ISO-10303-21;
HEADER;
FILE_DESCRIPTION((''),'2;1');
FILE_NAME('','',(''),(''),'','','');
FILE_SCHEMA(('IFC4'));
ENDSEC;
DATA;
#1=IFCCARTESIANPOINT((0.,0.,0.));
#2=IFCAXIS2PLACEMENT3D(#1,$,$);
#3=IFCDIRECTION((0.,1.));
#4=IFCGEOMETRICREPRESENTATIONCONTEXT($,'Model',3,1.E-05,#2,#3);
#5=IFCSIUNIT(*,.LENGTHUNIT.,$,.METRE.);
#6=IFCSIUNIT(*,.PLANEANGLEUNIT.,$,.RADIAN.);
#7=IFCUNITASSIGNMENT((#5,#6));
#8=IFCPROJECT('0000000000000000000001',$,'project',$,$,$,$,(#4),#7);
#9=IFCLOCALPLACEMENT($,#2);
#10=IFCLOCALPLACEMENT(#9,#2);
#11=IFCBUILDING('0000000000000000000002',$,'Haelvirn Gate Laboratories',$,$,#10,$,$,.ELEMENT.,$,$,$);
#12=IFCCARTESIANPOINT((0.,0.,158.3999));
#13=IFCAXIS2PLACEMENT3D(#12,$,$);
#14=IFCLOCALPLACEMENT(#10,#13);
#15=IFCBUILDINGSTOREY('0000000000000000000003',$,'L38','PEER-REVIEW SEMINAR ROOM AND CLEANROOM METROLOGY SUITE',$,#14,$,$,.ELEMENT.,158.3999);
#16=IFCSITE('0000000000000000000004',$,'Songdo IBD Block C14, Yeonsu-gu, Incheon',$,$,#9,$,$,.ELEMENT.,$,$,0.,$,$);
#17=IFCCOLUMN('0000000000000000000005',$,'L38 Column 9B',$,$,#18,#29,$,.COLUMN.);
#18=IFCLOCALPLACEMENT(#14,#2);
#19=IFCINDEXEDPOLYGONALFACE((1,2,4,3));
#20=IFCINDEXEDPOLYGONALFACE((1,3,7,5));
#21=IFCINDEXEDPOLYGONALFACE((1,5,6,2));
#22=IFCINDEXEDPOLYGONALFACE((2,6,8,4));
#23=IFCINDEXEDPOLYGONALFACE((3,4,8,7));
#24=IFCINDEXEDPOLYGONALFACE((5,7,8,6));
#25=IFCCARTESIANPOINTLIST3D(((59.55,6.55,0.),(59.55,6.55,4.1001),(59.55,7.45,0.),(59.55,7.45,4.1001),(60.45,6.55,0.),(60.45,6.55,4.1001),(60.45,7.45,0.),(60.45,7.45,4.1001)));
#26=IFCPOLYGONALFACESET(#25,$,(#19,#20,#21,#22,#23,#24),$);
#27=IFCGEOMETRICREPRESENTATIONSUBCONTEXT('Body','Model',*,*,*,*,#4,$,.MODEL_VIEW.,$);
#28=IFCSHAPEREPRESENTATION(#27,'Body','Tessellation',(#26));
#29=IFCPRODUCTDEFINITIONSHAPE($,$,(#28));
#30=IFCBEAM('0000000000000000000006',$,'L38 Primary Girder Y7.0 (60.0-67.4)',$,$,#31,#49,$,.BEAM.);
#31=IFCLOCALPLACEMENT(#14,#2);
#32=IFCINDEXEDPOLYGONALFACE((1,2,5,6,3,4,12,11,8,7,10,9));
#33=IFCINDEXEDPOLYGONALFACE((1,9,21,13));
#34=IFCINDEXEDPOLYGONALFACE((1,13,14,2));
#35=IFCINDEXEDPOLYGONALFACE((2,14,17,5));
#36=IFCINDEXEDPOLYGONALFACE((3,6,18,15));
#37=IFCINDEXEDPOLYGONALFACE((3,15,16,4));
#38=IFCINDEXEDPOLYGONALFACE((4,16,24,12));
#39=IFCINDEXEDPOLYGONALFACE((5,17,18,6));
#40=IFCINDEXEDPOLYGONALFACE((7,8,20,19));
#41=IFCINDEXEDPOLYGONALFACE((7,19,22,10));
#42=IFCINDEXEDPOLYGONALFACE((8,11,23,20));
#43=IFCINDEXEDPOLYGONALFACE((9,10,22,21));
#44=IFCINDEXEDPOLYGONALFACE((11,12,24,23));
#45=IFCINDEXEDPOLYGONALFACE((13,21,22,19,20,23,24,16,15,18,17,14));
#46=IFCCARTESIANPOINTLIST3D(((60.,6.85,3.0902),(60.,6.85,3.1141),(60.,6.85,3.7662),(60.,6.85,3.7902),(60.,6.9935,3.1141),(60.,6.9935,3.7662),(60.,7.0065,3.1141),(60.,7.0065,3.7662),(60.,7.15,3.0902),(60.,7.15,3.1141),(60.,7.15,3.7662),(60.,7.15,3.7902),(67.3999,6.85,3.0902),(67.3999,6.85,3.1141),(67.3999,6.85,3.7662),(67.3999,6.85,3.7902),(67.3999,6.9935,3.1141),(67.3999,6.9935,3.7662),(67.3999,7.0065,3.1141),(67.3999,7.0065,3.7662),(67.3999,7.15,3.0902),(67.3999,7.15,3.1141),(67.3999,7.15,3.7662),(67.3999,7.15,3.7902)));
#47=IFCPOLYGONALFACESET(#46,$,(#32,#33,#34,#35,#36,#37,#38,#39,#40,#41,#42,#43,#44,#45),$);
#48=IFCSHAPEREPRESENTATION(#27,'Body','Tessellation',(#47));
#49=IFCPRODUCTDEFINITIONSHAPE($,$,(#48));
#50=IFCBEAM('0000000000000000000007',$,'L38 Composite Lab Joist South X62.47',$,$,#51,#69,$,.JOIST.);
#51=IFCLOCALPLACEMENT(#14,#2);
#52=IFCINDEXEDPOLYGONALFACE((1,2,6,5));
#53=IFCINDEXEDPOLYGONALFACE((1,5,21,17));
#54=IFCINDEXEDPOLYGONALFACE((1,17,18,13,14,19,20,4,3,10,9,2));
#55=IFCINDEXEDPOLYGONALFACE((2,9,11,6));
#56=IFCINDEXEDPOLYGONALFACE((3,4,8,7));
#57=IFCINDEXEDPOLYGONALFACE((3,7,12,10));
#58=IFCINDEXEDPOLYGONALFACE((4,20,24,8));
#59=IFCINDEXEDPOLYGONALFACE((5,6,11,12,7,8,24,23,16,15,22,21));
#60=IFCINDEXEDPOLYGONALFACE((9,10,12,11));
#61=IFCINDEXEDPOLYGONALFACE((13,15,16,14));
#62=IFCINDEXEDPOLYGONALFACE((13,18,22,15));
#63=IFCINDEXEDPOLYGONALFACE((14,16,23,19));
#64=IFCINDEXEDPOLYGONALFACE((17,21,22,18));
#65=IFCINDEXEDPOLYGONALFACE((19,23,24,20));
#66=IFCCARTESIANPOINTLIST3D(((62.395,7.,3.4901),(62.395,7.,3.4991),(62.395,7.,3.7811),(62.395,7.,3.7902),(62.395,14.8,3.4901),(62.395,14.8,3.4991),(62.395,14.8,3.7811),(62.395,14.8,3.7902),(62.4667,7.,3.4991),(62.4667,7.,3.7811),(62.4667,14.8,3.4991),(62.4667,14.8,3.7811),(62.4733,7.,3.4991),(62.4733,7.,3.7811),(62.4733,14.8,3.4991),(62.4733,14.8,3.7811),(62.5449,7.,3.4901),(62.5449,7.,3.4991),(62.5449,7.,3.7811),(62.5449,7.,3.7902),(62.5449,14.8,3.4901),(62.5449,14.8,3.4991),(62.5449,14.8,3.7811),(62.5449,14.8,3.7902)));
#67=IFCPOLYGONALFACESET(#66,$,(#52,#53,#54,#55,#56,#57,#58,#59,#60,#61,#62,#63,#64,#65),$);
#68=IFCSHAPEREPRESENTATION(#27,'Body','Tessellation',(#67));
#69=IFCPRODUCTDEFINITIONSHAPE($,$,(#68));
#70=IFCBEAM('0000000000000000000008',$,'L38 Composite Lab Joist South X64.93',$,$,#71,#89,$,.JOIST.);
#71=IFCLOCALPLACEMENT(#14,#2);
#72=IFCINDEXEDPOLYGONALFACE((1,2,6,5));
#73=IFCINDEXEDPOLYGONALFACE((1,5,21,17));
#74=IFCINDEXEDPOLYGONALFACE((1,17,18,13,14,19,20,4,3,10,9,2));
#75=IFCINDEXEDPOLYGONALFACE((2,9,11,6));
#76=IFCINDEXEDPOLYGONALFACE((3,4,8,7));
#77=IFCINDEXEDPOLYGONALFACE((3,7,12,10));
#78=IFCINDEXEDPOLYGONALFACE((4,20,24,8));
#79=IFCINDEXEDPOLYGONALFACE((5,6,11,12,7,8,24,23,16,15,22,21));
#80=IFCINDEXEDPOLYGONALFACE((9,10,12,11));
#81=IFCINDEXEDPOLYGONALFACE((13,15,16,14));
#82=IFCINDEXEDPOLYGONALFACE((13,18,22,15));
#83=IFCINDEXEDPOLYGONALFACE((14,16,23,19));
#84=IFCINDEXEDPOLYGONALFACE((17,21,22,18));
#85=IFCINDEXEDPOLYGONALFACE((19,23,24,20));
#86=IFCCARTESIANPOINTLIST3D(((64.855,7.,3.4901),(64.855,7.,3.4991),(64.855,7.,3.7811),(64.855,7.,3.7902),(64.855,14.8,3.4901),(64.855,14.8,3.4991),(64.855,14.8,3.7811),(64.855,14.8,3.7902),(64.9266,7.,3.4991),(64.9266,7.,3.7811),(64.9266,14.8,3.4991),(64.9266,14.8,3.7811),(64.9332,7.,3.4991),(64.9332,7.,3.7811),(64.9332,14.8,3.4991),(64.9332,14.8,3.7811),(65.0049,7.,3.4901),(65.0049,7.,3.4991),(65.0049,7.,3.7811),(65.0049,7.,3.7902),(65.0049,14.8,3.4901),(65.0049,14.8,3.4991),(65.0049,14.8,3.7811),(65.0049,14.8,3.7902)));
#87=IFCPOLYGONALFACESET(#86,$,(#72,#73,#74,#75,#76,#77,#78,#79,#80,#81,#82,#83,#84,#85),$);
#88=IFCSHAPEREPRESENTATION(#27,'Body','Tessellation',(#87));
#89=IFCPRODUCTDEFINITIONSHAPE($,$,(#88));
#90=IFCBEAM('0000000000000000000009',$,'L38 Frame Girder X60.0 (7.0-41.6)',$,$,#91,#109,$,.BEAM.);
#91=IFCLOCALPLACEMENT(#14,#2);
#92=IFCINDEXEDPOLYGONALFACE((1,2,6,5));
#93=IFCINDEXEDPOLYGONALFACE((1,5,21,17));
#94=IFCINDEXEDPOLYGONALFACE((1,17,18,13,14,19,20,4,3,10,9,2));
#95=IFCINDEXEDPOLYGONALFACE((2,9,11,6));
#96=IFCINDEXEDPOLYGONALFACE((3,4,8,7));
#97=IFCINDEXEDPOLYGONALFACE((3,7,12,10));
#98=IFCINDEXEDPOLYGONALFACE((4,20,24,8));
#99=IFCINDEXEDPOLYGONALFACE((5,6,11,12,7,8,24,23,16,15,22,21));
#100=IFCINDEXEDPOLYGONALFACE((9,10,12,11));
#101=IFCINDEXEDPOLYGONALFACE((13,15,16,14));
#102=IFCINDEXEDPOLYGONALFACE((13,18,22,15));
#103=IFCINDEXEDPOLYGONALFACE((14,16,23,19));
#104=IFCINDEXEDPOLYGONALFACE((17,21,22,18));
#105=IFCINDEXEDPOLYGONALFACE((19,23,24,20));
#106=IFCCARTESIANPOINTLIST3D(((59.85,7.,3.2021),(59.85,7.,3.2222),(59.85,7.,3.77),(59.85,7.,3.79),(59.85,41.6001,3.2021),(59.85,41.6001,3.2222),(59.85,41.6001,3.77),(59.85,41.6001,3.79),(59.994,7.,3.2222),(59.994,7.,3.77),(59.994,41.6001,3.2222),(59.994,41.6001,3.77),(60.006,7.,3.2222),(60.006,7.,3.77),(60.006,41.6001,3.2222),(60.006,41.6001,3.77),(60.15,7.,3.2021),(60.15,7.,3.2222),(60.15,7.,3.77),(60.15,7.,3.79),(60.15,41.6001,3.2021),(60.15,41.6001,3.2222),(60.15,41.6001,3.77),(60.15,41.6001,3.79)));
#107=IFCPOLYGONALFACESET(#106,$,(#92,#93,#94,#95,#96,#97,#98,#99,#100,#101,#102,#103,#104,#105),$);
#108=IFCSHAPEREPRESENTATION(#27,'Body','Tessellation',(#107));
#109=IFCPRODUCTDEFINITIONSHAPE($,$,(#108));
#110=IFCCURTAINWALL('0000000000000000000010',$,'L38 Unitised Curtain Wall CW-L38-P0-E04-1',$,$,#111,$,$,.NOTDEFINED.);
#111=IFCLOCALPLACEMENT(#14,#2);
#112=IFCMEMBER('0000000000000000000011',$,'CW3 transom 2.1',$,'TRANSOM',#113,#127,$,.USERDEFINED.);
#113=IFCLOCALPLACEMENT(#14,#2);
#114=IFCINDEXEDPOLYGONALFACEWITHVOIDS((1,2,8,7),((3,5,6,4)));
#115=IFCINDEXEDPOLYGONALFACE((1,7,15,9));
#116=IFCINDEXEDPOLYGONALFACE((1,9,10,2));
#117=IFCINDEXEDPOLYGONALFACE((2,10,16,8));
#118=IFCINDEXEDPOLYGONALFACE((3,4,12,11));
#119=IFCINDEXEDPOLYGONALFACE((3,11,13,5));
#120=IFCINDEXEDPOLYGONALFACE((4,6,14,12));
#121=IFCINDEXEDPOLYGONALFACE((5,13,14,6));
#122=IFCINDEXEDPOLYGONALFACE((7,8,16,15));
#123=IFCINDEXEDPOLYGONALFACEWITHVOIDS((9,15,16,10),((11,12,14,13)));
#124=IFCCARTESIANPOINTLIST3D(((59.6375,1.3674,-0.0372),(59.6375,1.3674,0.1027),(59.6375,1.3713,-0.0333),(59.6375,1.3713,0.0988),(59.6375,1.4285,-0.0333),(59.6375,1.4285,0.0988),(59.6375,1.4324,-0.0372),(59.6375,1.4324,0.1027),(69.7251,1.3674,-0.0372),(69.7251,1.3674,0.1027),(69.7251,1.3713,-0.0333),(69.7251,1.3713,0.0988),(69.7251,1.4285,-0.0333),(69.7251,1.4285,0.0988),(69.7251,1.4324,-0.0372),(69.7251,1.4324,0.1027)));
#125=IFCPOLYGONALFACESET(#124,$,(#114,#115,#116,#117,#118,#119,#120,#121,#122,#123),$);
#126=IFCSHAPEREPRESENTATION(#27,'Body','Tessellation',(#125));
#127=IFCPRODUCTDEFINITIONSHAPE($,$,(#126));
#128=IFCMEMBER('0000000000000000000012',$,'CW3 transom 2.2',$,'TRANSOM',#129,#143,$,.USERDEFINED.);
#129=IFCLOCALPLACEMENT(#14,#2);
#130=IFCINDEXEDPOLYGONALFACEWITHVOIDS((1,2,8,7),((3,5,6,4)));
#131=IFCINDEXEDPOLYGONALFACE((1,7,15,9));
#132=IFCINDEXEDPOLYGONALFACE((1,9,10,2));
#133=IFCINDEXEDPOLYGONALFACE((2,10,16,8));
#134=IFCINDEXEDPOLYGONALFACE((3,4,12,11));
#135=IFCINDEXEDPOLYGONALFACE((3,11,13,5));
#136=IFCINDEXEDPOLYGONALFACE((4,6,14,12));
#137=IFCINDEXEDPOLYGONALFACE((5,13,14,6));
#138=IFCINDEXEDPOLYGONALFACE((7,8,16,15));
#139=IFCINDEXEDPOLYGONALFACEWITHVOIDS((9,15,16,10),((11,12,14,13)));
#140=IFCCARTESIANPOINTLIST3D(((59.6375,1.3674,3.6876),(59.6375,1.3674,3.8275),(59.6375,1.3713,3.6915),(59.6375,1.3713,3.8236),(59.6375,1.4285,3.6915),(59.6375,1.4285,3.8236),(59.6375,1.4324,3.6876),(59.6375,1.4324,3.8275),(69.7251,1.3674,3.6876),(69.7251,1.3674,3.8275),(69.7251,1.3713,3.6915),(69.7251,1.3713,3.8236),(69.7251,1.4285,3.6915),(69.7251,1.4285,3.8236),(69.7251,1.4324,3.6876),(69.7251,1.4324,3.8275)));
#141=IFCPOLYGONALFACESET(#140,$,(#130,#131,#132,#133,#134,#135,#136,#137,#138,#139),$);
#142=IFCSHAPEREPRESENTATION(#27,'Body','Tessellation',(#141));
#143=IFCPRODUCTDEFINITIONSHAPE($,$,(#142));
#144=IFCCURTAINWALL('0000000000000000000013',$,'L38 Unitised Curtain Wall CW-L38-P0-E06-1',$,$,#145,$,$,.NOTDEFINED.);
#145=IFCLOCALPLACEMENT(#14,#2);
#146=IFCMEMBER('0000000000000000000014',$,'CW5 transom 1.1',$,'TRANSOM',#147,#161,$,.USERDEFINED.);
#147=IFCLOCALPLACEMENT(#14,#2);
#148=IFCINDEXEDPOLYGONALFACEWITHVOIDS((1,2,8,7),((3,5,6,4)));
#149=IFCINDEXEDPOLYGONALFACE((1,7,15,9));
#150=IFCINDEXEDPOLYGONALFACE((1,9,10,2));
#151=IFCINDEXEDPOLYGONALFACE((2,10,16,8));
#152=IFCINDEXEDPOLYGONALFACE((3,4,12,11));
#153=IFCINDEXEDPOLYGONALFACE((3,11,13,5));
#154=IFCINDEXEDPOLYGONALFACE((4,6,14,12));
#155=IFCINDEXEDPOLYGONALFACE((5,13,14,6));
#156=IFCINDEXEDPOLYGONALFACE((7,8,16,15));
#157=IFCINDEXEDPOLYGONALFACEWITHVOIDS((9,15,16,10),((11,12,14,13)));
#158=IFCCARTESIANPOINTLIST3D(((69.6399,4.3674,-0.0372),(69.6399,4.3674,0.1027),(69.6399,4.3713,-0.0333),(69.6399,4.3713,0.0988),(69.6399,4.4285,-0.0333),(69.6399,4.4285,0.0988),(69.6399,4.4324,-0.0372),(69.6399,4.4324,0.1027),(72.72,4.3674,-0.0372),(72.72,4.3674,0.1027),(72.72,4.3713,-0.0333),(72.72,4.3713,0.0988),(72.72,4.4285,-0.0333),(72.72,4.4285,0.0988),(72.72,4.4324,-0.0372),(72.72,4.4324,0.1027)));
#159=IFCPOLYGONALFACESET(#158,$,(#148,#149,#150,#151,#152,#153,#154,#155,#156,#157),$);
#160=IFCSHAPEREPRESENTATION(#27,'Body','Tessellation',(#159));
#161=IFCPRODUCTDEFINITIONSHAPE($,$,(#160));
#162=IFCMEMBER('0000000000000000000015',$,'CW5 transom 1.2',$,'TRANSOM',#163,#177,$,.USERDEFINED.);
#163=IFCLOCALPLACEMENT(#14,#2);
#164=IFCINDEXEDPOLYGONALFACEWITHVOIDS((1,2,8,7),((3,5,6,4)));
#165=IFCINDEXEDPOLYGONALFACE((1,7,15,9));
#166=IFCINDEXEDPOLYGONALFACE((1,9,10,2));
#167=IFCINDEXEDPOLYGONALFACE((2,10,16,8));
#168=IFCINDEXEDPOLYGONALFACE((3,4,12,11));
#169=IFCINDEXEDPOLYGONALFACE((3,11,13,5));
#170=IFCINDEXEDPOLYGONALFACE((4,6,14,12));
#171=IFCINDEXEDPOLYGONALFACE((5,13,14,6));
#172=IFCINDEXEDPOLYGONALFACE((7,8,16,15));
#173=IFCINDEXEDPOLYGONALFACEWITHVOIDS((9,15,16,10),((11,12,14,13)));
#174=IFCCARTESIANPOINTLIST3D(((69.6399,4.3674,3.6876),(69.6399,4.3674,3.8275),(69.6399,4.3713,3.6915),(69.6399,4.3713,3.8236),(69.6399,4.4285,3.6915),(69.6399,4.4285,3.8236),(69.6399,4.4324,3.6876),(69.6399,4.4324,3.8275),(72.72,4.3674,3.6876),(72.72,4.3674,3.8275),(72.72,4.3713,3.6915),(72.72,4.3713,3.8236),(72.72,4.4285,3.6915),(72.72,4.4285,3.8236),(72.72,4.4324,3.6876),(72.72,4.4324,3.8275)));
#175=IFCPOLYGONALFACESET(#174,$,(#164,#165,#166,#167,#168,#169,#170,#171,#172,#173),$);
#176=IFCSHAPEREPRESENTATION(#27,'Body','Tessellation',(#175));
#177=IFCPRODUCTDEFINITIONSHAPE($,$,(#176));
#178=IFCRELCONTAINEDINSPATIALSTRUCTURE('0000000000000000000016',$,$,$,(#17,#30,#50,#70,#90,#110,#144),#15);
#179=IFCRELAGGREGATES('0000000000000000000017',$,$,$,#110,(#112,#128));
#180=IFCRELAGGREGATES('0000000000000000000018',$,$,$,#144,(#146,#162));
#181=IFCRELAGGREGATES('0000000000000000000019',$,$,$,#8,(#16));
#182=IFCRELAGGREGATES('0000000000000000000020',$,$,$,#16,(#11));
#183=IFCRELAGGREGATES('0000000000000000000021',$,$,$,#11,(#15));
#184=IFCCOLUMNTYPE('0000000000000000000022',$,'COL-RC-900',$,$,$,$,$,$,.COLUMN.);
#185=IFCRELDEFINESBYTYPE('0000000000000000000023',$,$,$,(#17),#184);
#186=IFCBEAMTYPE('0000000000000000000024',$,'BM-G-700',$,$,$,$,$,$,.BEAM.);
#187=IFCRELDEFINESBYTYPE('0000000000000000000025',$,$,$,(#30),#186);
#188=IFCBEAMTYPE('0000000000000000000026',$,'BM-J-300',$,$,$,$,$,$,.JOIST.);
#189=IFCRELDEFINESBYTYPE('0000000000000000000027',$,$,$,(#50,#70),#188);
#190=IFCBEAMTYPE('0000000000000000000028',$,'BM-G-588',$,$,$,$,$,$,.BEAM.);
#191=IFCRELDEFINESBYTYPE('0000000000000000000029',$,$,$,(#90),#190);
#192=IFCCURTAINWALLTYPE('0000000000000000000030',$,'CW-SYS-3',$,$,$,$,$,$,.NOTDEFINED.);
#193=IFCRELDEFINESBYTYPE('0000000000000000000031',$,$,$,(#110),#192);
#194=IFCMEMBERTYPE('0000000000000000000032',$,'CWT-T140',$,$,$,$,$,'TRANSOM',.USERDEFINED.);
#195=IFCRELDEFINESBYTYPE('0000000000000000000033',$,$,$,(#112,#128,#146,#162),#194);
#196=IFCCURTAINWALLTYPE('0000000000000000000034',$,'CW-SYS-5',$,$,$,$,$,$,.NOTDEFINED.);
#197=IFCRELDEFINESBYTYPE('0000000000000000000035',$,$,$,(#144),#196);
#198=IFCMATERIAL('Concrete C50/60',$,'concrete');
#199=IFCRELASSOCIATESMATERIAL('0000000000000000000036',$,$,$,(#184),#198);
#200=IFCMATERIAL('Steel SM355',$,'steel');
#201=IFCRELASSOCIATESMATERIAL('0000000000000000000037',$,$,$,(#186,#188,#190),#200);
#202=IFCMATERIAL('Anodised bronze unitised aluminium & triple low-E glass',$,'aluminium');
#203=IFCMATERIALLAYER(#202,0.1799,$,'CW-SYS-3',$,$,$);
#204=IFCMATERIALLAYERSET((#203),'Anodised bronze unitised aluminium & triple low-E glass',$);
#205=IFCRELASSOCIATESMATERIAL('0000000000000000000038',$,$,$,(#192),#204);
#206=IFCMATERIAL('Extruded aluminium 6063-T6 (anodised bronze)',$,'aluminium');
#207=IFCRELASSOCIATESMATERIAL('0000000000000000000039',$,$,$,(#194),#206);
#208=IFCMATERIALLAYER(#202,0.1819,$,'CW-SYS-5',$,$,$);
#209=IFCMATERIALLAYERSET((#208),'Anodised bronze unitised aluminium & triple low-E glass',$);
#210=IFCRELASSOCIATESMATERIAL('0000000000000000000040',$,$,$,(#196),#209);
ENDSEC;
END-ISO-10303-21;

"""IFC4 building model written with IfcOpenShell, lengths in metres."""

from ifc_helpers import new_model, si_unit, direction, frame, origin, origin_2d, place, context, subcontext, project, spatial, rectangle, hollow_rectangle, i_section, extrude, source, transform, mapped, material, layer, layer_set, material_profile, profile_set, type_object, type_shapes, element, aggregate, save


model = new_model("IFC4")

# Units and contexts
model_context = context("Model", 3, precision=1e-05, world=origin(), true_north=direction((0.0, 1.0)))
body_context = subcontext(model_context, "Body", "Model", "MODEL_VIEW")
ifc_project = project(units=[si_unit("LENGTHUNIT", "METRE"), si_unit("PLANEANGLEUNIT", "RADIAN")], contexts=[model_context])

# Site, building, storey
site_placement = place(None, origin())
site = spatial("IfcSite", under=ifc_project, at=site_placement, Name="Songdo IBD Block C14, Yeonsu-gu, Incheon", CompositionType="ELEMENT", RefElevation=0.0)
building_placement = place(site_placement, origin())
building = spatial("IfcBuilding", under=site, at=building_placement, Name="Haelvirn Gate Laboratories", CompositionType="ELEMENT")
storey_placement = place(building_placement, frame((0.0, 0.0, 158.3999)))
storey = spatial("IfcBuildingStorey", under=building, at=storey_placement, Name="L38", Description="PEER-REVIEW SEMINAR ROOM AND CLEANROOM METROLOGY SUITE", CompositionType="ELEMENT", Elevation=158.3999)

# Column
ifc_material_1 = material(Name="Concrete C50/60", Category="concrete")
ifc_material_profile_1 = material_profile(ifc_material_1, rectangle(XDim=0.8999, YDim=0.8999, at=origin_2d()), Name="RC-900x900")
ifc_profile_set_1 = profile_set([ifc_material_profile_1], Name="Concrete C50/60")
column_type = type_object("IfcColumnType", Name="COL-RC-900", PredefinedType="COLUMN", material=ifc_profile_set_1)
shared_shape_1 = source(origin(), body_context, "Body", "SweptSolid", [
    extrude(rectangle(XDim=0.8999, YDim=0.8999, at=origin_2d()), origin(), (0.0, 0.0, 1.0), 4.1001),
])
type_shapes(column_type, [shared_shape_1])
column_placement = place(storey_placement, frame((60.0, 7.0, 0.0), z_axis=(0.0, 0.0, 1.0), x_axis=(1.0, 0.0, 0.0)))
element("IfcColumn", 1, at=column_placement, inside=storey, type_object=column_type, Name="L38 Column 9B", PredefinedType="COLUMN", context=body_context, shape_type="MappedRepresentation", body=[
    mapped(shared_shape_1, transform((0.0, 0.0, 0.0), scale=1.0)),
])

# Beams
ifc_material_2 = material(Name="Steel SM355", Category="steel")
ifc_material_profile_2 = material_profile(ifc_material_2, i_section(OverallWidth=0.3, OverallDepth=0.7, WebThickness=0.0129, FlangeThickness=0.0239, at=origin_2d()), Name="H-700x300x13x24")
ifc_profile_set_2 = profile_set([ifc_material_profile_2], Name="Steel SM355")
beam_type_1 = type_object("IfcBeamType", Name="BM-G-700", PredefinedType="BEAM", material=ifc_profile_set_2)
shared_shape_2 = source(origin(), body_context, "Body", "SweptSolid", [
    extrude(i_section(OverallWidth=0.3, OverallDepth=0.7, WebThickness=0.0129, FlangeThickness=0.0239, at=origin_2d()), origin(), (0.0, 0.0, 1.0), 7.3999),
])
type_shapes(beam_type_1, [shared_shape_2])
beam_1_placement = place(storey_placement, frame((60.0, 7.0, 3.4402), z_axis=(1.0, 0.0, 0.0), x_axis=(0.0, 1.0, 0.0)))
element("IfcBeam", 2, at=beam_1_placement, inside=storey, type_object=beam_type_1, Name="L38 Primary Girder Y7.0 (60.0-67.4)", PredefinedType="BEAM", context=body_context, shape_type="MappedRepresentation", body=[
    mapped(shared_shape_2, transform((0.0, 0.0, 0.0), scale=1.0)),
])
ifc_material_profile_3 = material_profile(ifc_material_2, i_section(OverallWidth=0.1499, OverallDepth=0.3, WebThickness=0.0066, FlangeThickness=0.009, at=origin_2d()), Name="H-300x150x6.5x9")
ifc_profile_set_3 = profile_set([ifc_material_profile_3], Name="Steel SM355")
beam_type_2 = type_object("IfcBeamType", Name="BM-J-300", PredefinedType="JOIST", material=ifc_profile_set_3)
shared_shape_3 = source(origin(), body_context, "Body", "SweptSolid", [
    extrude(i_section(OverallWidth=0.1499, OverallDepth=0.3, WebThickness=0.0066, FlangeThickness=0.009, at=origin_2d()), origin(), (0.0, 0.0, 1.0), 7.8),
])
type_shapes(beam_type_2, [shared_shape_3])
for number, where, z_axis, x_axis, name in (
    (3, (62.47, 7.0, 3.6401), (0.0, 1.0, 0.0), (-1.0, 0.0, 0.0), "L38 Composite Lab Joist South X62.47"),
    (4, (64.9299, 7.0, 3.6401), (0.0, 1.0, 0.0), (-1.0, 0.0, 0.0), "L38 Composite Lab Joist South X64.93"),
):
    element("IfcBeam", number, at=place(storey_placement, frame(where, z_axis=z_axis, x_axis=x_axis)), inside=storey, type_object=beam_type_2, Name=name, PredefinedType="JOIST", context=body_context, shape_type="MappedRepresentation", body=[
        mapped(shared_shape_3, transform((0.0, 0.0, 0.0), scale=1.0)),
    ])
ifc_material_profile_4 = material_profile(ifc_material_2, i_section(OverallWidth=0.3, OverallDepth=0.5879, WebThickness=0.012, FlangeThickness=0.02, at=origin_2d()), Name="H-588x300x12x20")
ifc_profile_set_4 = profile_set([ifc_material_profile_4], Name="Steel SM355")
beam_type_3 = type_object("IfcBeamType", Name="BM-G-588", PredefinedType="BEAM", material=ifc_profile_set_4)
shared_shape_4 = source(origin(), body_context, "Body", "SweptSolid", [
    extrude(i_section(OverallWidth=0.3, OverallDepth=0.5879, WebThickness=0.012, FlangeThickness=0.02, at=origin_2d()), origin(), (0.0, 0.0, 1.0), 34.6001),
])
type_shapes(beam_type_3, [shared_shape_4])
beam_2_placement = place(storey_placement, frame((60.0, 7.0, 3.4961), z_axis=(0.0, 1.0, 0.0), x_axis=(-1.0, 0.0, 0.0)))
element("IfcBeam", 5, at=beam_2_placement, inside=storey, type_object=beam_type_3, Name="L38 Frame Girder X60.0 (7.0-41.6)", PredefinedType="BEAM", context=body_context, shape_type="MappedRepresentation", body=[
    mapped(shared_shape_4, transform((0.0, 0.0, 0.0), scale=1.0)),
])

# Curtain walls, members
ifc_material_3 = material(Name="Anodised bronze unitised aluminium & triple low-E glass", Category="aluminium")
ifc_layer_1 = layer(ifc_material_3, 0.1799, Name="CW-SYS-3")
ifc_layer_set_1 = layer_set([ifc_layer_1], Name="Anodised bronze unitised aluminium & triple low-E glass")
curtain_wall_type_1 = type_object("IfcCurtainWallType", Name="CW-SYS-3", PredefinedType="NOTDEFINED", material=ifc_layer_set_1)
curtain_wall_1_placement = place(storey_placement, origin())
curtain_wall_1 = element("IfcCurtainWall", 6, at=curtain_wall_1_placement, inside=storey, type_object=curtain_wall_type_1, Name="L38 Unitised Curtain Wall CW-L38-P0-E04-1", PredefinedType="NOTDEFINED")
ifc_material_4 = material(Name="Extruded aluminium 6063-T6 (anodised bronze)", Category="aluminium")
ifc_material_profile_5 = material_profile(ifc_material_4, hollow_rectangle(XDim=0.0649, YDim=0.1399, WallThickness=0.0039, at=origin_2d()), Name="CWT-140x65x4")
ifc_profile_set_5 = profile_set([ifc_material_profile_5], Name="Extruded aluminium 6063-T6 (anodised bronze)")
member_type_1 = type_object("IfcMemberType", Name="CWT-T140", ElementType="TRANSOM", PredefinedType="USERDEFINED", material=ifc_profile_set_5)
shared_shape_5 = source(origin(), body_context, "Body", "SweptSolid", [
    extrude(hollow_rectangle(XDim=0.0649, YDim=0.1399, WallThickness=0.0039, at=origin_2d()), origin(), (0.0, 0.0, 1.0), 10.0876),
])
member_1_placement = place(storey_placement, frame((59.6375, 1.3999, 0.0327), z_axis=(1.0, 0.0, 0.0), x_axis=(0.0, 1.0, 0.0)))
member_1 = element("IfcMember", 7, at=member_1_placement, type_object=member_type_1, Name="CW3 transom 2.1", ObjectType="TRANSOM", PredefinedType="USERDEFINED", context=body_context, shape_type="MappedRepresentation", body=[
    mapped(shared_shape_5, transform((0.0, 0.0, 0.0), scale=1.0)),
])
member_2_placement = place(storey_placement, frame((59.6375, 1.3999, 3.7576), z_axis=(1.0, 0.0, 0.0), x_axis=(0.0, 1.0, 0.0)))
member_2 = element("IfcMember", 8, at=member_2_placement, type_object=member_type_1, Name="CW3 transom 2.2", ObjectType="TRANSOM", PredefinedType="USERDEFINED", context=body_context, shape_type="MappedRepresentation", body=[
    mapped(shared_shape_5, transform((0.0, 0.0, 0.0), scale=1.0)),
])
ifc_layer_2 = layer(ifc_material_3, 0.1819, Name="CW-SYS-5")
ifc_layer_set_2 = layer_set([ifc_layer_2], Name="Anodised bronze unitised aluminium & triple low-E glass")
curtain_wall_type_2 = type_object("IfcCurtainWallType", Name="CW-SYS-5", PredefinedType="NOTDEFINED", material=ifc_layer_set_2)
curtain_wall_2_placement = place(storey_placement, origin())
curtain_wall_2 = element("IfcCurtainWall", 9, at=curtain_wall_2_placement, inside=storey, type_object=curtain_wall_type_2, Name="L38 Unitised Curtain Wall CW-L38-P0-E06-1", PredefinedType="NOTDEFINED")
shared_shape_6 = source(origin(), body_context, "Body", "SweptSolid", [
    extrude(hollow_rectangle(XDim=0.0649, YDim=0.1399, WallThickness=0.0039, at=origin_2d()), origin(), (0.0, 0.0, 1.0), 3.0801),
])
member_3_placement = place(storey_placement, frame((69.6399, 4.3999, 0.0327), z_axis=(1.0, 0.0, 0.0), x_axis=(0.0, 1.0, 0.0)))
member_3 = element("IfcMember", 10, at=member_3_placement, type_object=member_type_1, Name="CW5 transom 1.1", ObjectType="TRANSOM", PredefinedType="USERDEFINED", context=body_context, shape_type="MappedRepresentation", body=[
    mapped(shared_shape_6, transform((0.0, 0.0, 0.0), scale=1.0)),
])
member_4_placement = place(storey_placement, frame((69.6399, 4.3999, 3.7576), z_axis=(1.0, 0.0, 0.0), x_axis=(0.0, 1.0, 0.0)))
member_4 = element("IfcMember", 11, at=member_4_placement, type_object=member_type_1, Name="CW5 transom 1.2", ObjectType="TRANSOM", PredefinedType="USERDEFINED", context=body_context, shape_type="MappedRepresentation", body=[
    mapped(shared_shape_6, transform((0.0, 0.0, 0.0), scale=1.0)),
])

aggregate(curtain_wall_1, [member_1, member_2])
aggregate(curtain_wall_2, [member_3, member_4])

save(model, "model.ifc")
